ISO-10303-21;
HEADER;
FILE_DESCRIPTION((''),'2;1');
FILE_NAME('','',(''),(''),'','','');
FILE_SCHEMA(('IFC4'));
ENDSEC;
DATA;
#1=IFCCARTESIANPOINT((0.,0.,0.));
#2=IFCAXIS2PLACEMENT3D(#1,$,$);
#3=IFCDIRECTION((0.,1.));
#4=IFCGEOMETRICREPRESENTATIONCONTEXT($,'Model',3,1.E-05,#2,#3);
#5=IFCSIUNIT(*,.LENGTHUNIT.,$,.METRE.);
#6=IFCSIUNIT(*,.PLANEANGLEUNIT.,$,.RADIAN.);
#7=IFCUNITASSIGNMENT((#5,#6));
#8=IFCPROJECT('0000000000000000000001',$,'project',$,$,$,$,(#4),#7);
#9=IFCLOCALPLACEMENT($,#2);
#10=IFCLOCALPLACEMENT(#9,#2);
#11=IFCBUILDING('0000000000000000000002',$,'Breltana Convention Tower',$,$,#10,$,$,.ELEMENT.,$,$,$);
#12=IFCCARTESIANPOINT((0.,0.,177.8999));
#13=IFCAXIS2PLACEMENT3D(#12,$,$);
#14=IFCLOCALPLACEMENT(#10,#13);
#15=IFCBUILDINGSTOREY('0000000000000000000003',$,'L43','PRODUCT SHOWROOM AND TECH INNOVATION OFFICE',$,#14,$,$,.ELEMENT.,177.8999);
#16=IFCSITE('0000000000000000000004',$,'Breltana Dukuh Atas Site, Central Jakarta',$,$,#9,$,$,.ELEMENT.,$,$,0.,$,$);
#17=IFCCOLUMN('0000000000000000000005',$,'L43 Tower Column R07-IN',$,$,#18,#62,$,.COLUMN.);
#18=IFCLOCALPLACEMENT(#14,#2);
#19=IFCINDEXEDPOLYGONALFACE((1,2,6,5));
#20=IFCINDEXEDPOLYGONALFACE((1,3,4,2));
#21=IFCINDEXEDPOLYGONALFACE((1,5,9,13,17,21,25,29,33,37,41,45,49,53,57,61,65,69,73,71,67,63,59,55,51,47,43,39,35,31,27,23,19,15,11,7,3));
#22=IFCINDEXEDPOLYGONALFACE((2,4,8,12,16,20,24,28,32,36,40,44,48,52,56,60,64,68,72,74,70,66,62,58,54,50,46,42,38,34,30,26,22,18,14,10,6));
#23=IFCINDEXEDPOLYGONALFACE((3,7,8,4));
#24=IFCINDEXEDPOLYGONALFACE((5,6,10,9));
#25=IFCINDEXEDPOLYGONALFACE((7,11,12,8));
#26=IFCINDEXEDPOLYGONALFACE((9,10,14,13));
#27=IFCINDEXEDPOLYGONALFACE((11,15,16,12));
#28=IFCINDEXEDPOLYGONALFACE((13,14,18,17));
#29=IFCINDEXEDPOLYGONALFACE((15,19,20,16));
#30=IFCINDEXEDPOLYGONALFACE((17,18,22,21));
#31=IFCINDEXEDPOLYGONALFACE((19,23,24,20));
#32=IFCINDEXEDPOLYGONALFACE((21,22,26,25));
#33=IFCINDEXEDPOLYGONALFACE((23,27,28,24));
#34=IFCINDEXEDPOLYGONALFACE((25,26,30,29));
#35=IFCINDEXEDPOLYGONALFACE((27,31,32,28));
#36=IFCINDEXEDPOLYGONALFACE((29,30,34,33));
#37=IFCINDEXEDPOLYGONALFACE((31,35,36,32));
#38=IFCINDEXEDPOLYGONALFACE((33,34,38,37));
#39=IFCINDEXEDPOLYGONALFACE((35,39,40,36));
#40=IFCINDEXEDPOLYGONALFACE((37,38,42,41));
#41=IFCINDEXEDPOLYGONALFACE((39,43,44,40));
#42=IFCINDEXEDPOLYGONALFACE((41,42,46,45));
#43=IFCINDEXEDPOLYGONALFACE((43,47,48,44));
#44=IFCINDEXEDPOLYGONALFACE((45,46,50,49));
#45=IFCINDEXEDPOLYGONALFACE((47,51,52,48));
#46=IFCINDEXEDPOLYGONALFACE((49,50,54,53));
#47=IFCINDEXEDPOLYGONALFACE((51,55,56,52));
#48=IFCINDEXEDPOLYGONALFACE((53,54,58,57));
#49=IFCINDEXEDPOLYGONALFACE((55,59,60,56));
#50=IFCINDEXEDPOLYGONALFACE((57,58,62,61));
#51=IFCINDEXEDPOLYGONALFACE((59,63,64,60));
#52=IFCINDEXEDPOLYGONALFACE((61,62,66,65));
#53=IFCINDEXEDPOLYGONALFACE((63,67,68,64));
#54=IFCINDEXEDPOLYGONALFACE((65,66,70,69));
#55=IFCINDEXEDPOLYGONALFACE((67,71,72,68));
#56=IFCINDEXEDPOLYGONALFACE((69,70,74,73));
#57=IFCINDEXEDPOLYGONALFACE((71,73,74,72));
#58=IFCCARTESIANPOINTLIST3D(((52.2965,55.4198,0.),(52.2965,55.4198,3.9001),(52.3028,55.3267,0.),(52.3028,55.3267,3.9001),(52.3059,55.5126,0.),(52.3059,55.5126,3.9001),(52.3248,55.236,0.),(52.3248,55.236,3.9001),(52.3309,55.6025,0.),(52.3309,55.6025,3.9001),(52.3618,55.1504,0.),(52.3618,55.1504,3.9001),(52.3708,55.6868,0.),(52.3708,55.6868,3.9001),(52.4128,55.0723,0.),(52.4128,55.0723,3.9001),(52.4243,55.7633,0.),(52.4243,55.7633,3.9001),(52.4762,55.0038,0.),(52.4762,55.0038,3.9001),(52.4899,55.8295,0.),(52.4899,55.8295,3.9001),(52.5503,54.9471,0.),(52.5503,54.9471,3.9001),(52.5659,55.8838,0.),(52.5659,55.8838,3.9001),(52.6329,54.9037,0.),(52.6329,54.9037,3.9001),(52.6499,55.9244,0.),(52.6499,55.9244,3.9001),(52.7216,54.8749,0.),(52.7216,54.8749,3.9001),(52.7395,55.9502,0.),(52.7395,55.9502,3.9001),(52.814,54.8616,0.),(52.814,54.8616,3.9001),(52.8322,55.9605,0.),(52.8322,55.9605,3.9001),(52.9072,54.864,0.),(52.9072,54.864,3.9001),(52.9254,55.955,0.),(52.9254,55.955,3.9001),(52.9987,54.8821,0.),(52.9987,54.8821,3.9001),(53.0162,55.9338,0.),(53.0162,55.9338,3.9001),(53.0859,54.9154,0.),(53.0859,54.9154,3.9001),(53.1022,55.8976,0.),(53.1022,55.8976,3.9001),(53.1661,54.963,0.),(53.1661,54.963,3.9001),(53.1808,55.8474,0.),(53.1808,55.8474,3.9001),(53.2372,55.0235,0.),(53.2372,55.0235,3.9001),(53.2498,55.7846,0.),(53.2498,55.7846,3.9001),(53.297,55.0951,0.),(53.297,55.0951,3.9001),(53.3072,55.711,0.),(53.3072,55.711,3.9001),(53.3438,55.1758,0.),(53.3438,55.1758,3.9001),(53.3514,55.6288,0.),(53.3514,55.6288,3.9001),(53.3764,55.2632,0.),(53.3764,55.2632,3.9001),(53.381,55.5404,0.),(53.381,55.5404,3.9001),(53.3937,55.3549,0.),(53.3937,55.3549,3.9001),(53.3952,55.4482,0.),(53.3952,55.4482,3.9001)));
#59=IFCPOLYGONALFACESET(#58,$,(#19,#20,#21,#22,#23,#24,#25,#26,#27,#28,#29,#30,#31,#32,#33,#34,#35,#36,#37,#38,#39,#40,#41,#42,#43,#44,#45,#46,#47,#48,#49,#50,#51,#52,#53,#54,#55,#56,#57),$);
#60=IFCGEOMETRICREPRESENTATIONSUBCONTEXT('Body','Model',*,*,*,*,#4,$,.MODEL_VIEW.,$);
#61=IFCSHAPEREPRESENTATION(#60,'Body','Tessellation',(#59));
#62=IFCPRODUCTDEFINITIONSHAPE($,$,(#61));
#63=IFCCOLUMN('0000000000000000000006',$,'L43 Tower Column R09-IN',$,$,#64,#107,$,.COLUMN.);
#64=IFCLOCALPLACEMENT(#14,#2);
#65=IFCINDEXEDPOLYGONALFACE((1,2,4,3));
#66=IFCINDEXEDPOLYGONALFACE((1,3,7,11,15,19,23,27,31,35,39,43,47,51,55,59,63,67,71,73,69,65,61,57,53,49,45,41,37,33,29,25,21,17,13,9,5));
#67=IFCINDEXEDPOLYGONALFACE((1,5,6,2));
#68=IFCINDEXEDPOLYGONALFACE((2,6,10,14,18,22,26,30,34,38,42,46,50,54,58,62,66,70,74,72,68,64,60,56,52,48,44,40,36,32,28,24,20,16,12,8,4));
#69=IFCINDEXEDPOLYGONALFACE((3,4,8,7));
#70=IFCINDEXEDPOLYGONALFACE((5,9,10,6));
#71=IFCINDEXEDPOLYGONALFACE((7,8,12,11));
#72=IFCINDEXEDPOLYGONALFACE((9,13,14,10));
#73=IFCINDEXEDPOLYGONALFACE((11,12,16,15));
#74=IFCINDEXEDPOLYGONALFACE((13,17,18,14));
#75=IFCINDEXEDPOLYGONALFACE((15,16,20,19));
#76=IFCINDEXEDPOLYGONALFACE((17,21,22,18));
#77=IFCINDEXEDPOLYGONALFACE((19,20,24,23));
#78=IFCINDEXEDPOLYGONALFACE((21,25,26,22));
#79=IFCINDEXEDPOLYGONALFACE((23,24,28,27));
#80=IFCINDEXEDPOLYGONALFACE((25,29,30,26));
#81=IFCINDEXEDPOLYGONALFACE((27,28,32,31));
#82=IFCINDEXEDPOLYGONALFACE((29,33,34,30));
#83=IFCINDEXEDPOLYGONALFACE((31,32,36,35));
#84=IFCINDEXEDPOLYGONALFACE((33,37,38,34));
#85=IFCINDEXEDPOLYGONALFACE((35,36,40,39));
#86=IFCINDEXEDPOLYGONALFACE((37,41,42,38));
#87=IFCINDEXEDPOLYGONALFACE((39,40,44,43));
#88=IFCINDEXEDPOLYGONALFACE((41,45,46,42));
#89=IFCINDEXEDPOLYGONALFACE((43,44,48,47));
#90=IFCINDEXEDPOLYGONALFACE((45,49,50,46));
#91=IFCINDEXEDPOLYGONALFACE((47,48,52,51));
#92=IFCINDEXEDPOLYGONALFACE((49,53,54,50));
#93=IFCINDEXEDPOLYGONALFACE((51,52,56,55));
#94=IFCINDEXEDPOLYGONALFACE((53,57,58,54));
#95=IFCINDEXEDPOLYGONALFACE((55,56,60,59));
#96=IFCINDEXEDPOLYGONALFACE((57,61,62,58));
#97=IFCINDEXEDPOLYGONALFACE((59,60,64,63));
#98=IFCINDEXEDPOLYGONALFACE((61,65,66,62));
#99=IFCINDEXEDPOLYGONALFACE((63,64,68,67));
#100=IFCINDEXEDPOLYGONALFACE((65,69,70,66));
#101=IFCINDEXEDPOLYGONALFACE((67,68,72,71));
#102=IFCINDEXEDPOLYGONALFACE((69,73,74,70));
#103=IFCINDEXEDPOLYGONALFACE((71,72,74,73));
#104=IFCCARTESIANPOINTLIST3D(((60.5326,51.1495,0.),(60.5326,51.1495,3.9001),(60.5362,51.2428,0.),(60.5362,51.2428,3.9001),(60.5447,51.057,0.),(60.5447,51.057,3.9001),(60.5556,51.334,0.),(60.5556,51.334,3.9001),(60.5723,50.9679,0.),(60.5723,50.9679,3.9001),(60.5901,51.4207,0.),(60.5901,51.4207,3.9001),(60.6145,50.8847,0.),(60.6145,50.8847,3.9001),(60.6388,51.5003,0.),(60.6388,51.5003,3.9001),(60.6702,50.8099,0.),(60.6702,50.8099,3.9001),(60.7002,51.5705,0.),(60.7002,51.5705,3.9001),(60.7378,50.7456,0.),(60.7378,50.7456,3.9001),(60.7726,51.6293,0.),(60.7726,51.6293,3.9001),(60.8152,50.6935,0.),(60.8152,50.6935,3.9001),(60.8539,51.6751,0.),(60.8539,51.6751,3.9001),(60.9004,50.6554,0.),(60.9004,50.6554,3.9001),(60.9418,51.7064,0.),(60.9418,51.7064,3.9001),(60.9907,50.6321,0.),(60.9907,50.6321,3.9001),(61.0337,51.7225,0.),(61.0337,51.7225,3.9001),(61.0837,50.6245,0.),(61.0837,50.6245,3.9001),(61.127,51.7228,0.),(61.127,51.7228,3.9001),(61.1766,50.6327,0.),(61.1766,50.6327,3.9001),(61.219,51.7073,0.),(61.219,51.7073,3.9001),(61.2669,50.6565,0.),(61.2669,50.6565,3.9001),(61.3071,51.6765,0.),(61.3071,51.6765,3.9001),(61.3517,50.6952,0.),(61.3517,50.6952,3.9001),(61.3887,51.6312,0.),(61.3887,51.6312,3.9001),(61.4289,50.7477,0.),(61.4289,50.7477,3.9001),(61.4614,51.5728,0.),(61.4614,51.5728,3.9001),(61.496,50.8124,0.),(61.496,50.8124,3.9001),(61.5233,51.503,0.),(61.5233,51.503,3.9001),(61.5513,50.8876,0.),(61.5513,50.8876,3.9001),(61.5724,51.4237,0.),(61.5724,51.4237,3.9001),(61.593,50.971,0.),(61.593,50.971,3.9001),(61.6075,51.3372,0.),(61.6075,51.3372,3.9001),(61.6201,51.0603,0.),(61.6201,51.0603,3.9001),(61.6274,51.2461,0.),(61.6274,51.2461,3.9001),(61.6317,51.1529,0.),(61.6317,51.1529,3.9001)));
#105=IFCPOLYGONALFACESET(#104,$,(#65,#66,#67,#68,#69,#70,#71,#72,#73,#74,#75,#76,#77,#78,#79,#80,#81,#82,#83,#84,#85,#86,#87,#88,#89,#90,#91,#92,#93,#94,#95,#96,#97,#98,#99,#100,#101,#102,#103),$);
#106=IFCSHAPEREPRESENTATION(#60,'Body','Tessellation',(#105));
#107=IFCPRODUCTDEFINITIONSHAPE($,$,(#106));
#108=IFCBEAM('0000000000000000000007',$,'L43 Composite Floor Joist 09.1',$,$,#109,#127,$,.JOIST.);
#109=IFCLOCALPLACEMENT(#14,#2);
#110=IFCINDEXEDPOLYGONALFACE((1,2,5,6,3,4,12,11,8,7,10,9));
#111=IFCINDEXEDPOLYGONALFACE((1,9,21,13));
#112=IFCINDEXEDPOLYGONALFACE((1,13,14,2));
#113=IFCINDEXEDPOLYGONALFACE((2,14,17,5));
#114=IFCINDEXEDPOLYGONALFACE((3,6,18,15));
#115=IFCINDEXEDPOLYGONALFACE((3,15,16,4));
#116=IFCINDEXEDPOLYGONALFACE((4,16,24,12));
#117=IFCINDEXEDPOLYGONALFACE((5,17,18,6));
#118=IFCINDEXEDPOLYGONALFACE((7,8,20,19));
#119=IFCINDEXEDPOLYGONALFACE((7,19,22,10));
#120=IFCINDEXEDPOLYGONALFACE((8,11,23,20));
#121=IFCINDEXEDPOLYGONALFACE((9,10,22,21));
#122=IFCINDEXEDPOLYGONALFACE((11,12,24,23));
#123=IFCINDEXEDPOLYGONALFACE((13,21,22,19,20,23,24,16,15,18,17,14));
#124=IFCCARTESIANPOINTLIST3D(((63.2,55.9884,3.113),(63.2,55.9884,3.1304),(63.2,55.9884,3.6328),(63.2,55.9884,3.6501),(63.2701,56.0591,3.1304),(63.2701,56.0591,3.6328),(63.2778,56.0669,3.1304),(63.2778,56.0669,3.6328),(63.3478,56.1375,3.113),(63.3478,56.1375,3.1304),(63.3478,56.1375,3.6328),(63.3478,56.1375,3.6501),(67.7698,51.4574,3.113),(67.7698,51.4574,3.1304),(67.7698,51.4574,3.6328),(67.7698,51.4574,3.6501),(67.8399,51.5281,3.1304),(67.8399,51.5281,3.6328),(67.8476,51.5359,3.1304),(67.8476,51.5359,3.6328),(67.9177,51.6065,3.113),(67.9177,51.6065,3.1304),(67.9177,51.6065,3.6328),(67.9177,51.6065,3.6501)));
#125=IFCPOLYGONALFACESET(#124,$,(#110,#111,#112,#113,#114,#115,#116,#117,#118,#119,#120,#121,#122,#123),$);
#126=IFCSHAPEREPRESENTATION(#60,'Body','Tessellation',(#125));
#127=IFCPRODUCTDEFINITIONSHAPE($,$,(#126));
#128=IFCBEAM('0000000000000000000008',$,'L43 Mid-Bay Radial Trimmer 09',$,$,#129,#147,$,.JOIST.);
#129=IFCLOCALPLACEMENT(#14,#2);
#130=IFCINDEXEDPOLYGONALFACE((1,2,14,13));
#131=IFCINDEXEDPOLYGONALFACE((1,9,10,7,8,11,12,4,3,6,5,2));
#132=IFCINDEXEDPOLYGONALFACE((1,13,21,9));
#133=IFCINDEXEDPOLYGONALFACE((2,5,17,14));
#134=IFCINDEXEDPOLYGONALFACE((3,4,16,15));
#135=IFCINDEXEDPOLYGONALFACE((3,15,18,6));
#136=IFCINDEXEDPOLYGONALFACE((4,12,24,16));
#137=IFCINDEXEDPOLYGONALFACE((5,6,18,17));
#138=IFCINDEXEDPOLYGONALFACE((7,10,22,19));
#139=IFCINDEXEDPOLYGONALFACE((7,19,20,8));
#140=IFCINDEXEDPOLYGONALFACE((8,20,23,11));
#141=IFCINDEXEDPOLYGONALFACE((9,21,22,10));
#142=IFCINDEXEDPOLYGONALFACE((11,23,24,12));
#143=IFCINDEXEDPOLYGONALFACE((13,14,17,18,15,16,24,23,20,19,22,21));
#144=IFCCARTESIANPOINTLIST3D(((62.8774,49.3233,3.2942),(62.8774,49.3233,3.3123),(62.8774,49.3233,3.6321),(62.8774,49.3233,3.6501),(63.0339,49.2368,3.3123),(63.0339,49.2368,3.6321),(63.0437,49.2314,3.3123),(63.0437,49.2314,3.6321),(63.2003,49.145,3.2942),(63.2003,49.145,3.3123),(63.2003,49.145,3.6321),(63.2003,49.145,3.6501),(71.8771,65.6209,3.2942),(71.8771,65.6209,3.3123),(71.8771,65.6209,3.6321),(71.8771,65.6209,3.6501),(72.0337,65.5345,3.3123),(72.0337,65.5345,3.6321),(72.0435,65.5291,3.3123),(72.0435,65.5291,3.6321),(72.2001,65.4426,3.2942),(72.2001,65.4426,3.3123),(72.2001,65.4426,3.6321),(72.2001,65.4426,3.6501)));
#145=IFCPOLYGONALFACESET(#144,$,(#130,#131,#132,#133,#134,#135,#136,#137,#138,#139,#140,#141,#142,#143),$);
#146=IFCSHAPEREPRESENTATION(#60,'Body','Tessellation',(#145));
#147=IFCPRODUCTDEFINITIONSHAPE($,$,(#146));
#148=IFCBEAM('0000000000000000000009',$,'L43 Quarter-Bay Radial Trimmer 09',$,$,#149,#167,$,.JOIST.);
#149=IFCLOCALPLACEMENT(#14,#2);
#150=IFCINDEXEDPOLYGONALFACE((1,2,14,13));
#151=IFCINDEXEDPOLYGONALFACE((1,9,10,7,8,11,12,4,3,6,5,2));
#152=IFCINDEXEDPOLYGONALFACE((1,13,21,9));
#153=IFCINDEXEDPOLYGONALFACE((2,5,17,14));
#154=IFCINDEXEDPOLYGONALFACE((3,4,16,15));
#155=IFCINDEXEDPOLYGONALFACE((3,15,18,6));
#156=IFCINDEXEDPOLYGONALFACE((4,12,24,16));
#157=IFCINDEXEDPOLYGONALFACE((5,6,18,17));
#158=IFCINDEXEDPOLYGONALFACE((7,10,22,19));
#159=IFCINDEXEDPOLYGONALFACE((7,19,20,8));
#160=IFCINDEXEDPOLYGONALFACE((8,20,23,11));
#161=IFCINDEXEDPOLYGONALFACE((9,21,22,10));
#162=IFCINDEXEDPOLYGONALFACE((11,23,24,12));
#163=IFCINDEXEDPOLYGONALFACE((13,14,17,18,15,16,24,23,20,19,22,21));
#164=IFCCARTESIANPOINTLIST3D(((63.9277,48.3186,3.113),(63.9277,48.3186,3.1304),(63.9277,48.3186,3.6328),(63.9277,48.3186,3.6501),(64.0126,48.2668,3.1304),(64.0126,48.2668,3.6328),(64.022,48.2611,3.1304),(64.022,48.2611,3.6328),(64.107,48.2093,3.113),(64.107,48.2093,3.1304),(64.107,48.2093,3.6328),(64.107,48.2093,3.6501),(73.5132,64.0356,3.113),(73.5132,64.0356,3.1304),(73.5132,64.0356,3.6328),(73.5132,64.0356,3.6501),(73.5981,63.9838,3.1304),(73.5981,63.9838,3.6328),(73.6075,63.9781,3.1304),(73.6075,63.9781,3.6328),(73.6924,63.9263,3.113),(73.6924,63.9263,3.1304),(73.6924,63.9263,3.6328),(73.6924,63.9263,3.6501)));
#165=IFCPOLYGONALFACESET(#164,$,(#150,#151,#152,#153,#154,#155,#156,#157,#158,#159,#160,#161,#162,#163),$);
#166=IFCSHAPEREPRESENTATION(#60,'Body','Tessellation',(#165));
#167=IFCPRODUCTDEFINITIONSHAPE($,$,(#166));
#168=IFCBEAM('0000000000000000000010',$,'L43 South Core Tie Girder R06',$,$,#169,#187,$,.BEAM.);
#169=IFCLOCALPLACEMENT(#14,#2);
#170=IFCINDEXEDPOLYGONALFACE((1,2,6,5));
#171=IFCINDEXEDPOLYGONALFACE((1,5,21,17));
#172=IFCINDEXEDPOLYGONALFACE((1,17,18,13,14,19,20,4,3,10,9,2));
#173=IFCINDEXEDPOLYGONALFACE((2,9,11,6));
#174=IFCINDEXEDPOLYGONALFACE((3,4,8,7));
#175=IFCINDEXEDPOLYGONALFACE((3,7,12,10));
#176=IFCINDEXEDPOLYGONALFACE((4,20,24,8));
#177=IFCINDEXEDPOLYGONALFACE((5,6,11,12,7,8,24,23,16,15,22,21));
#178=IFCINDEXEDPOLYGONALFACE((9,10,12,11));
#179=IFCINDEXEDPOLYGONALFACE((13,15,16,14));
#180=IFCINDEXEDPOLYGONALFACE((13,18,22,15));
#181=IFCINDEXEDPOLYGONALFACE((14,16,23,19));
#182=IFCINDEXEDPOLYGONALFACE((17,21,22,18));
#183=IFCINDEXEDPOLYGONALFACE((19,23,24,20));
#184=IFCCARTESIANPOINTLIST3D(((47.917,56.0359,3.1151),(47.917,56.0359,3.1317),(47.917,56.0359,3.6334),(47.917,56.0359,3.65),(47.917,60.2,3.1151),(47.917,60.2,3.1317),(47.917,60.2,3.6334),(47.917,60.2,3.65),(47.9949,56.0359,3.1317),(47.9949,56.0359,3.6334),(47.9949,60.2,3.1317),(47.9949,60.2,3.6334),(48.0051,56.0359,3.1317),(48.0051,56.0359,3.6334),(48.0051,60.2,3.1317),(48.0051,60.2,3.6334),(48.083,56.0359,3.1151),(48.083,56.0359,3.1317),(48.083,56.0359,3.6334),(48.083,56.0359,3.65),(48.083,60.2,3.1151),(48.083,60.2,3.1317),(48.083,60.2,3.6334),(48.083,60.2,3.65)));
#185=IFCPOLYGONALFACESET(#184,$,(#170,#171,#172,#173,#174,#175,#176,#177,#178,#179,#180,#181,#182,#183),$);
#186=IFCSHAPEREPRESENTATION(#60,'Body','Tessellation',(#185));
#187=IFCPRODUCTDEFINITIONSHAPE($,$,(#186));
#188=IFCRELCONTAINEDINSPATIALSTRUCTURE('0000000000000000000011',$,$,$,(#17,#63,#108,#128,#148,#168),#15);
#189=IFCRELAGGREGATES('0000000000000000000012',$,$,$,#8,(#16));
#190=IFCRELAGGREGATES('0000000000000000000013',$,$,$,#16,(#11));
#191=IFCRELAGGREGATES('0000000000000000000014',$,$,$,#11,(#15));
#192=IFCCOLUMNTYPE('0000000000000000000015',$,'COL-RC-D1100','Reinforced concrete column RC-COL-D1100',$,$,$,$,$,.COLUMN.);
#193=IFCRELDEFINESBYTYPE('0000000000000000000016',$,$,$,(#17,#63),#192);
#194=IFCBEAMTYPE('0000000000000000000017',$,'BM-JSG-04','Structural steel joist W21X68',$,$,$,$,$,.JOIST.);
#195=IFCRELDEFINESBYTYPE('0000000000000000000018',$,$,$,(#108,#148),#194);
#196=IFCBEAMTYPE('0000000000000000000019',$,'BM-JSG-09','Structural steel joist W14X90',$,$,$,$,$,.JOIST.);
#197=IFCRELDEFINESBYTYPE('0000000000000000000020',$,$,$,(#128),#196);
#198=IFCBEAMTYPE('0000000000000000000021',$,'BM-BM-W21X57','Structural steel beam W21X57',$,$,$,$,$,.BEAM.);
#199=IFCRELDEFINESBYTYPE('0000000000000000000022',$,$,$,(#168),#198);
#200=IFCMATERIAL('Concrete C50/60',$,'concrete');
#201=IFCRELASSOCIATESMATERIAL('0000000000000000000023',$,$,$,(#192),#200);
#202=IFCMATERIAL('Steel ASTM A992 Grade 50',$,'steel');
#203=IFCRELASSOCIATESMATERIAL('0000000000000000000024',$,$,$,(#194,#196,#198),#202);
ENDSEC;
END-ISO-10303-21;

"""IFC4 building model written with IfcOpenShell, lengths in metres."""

from ifc_helpers import new_model, si_unit, direction, frame, origin, origin_2d, place, context, subcontext, project, spatial, circle, i_section, extrude, source, transform, mapped, material, material_profile, profile_set, type_object, element, save


model = new_model("IFC4")

# Units and contexts
model_context = context("Model", 3, precision=1e-05, world=origin(), true_north=direction((0.0, 1.0)))
body_context = subcontext(model_context, "Body", "Model", "MODEL_VIEW")
ifc_project = project(units=[si_unit("LENGTHUNIT", "METRE"), si_unit("PLANEANGLEUNIT", "RADIAN")], contexts=[model_context])

# Site, building, storey
site_placement = place(None, origin())
site = spatial("IfcSite", under=ifc_project, at=site_placement, Name="Breltana Dukuh Atas Site, Central Jakarta", CompositionType="ELEMENT", RefElevation=0.0)
building_placement = place(site_placement, origin())
building = spatial("IfcBuilding", under=site, at=building_placement, Name="Breltana Convention Tower", CompositionType="ELEMENT")
storey_placement = place(building_placement, frame((0.0, 0.0, 177.8999)))
storey = spatial("IfcBuildingStorey", under=building, at=storey_placement, Name="L43", Description="PRODUCT SHOWROOM AND TECH INNOVATION OFFICE", CompositionType="ELEMENT", Elevation=177.8999)

# Columns
ifc_material_1 = material(Name="Concrete C50/60", Category="concrete")
ifc_material_profile_1 = material_profile(ifc_material_1, circle(Radius=0.55, at=origin_2d()), Name="RC-COL-D1100")
ifc_profile_set_1 = profile_set([ifc_material_profile_1], Name="Concrete C50/60")
column_type = type_object("IfcColumnType", Name="COL-RC-D1100", Description="Reinforced concrete column RC-COL-D1100", PredefinedType="COLUMN", material=ifc_profile_set_1)
shared_shape_1 = source(origin(), body_context, "Body", "SweptSolid", [
    extrude(circle(Radius=0.55, at=origin_2d()), origin(), (0.0, 0.0, 1.0), 3.9001),
])
for number, where, z_axis, x_axis, name in (
    (1, (52.8464, 55.4106, 0.0), (0.0, 0.0, 1.0), (0.143493, 0.989651, 0.0), "L43 Tower Column R07-IN"),
    (2, (61.082, 51.1746, 0.0), (0.0, 0.0, 1.0), (0.409127, 0.912477, 0.0), "L43 Tower Column R09-IN"),
):
    element("IfcColumn", number, at=place(storey_placement, frame(where, z_axis=z_axis, x_axis=x_axis)), inside=storey, type_object=column_type, Name=name, PredefinedType="COLUMN", context=body_context, shape_type="MappedRepresentation", body=[
        mapped(shared_shape_1, transform((0.0, 0.0, 0.0), scale=1.0)),
    ])

# Beams
ifc_material_2 = material(Name="Steel ASTM A992 Grade 50", Category="steel")
ifc_material_profile_2 = material_profile(ifc_material_2, i_section(OverallWidth=0.21, OverallDepth=0.5371, WebThickness=0.011, FlangeThickness=0.0173, at=origin_2d()), Name="W21X68")
ifc_profile_set_2 = profile_set([ifc_material_profile_2], Name="Steel ASTM A992 Grade 50")
beam_type_1 = type_object("IfcBeamType", Name="BM-JSG-04", Description="Structural steel joist W21X68", PredefinedType="JOIST", material=ifc_profile_set_2)
shared_shape_2 = source(origin(), body_context, "Body", "SweptSolid", [
    extrude(i_section(OverallWidth=0.21, OverallDepth=0.5371, WebThickness=0.011, FlangeThickness=0.0173, at=origin_2d()), origin(), (0.0, 0.0, 1.0), 6.4353),
])
beam_1_placement = place(storey_placement, frame((63.2739, 56.063, 3.3816), z_axis=(0.710116, -0.704084, 0.0), x_axis=(0.704084, 0.710116, 0.0)))
element("IfcBeam", 3, at=beam_1_placement, inside=storey, type_object=beam_type_1, Name="L43 Composite Floor Joist 09.1", PredefinedType="JOIST", context=body_context, shape_type="MappedRepresentation", body=[
    mapped(shared_shape_2, transform((0.0, 0.0, 0.0), scale=1.0)),
])
ifc_material_profile_3 = material_profile(ifc_material_2, i_section(OverallWidth=0.3689, OverallDepth=0.356, WebThickness=0.0112, FlangeThickness=0.0181, at=origin_2d()), Name="W14X90")
ifc_profile_set_3 = profile_set([ifc_material_profile_3], Name="Steel ASTM A992 Grade 50")
beam_type_2 = type_object("IfcBeamType", Name="BM-JSG-09", Description="Structural steel joist W14X90", PredefinedType="JOIST", material=ifc_profile_set_3)
shared_shape_3 = source(origin(), body_context, "Body", "SweptSolid", [
    extrude(i_section(OverallWidth=0.3689, OverallDepth=0.356, WebThickness=0.0112, FlangeThickness=0.0181, at=origin_2d()), origin(), (0.0, 0.0, 1.0), 18.6174),
])
beam_2_placement = place(storey_placement, frame((63.0388, 49.2341, 3.4722), z_axis=(0.483406, 0.875396, 0.0), x_axis=(-0.875396, 0.483406, 0.0)))
element("IfcBeam", 4, at=beam_2_placement, inside=storey, type_object=beam_type_2, Name="L43 Mid-Bay Radial Trimmer 09", PredefinedType="JOIST", context=body_context, shape_type="MappedRepresentation", body=[
    mapped(shared_shape_3, transform((0.0, 0.0, 0.0), scale=1.0)),
])
shared_shape_4 = source(origin(), body_context, "Body", "SweptSolid", [
    extrude(i_section(OverallWidth=0.21, OverallDepth=0.5371, WebThickness=0.011, FlangeThickness=0.0173, at=origin_2d()), origin(), (0.0, 0.0, 1.0), 18.4094),
])
beam_3_placement = place(storey_placement, frame((64.0173, 48.2639, 3.3816), z_axis=(0.520682, 0.853751, 0.0), x_axis=(-0.853751, 0.520682, 0.0)))
element("IfcBeam", 5, at=beam_3_placement, inside=storey, type_object=beam_type_1, Name="L43 Quarter-Bay Radial Trimmer 09", PredefinedType="JOIST", context=body_context, shape_type="MappedRepresentation", body=[
    mapped(shared_shape_4, transform((0.0, 0.0, 0.0), scale=1.0)),
])
ifc_material_profile_4 = material_profile(ifc_material_2, i_section(OverallWidth=0.166, OverallDepth=0.5349, WebThickness=0.0103, FlangeThickness=0.0166, at=origin_2d()), Name="W21X57")
ifc_profile_set_4 = profile_set([ifc_material_profile_4], Name="Steel ASTM A992 Grade 50")
beam_type_3 = type_object("IfcBeamType", Name="BM-BM-W21X57", Description="Structural steel beam W21X57", PredefinedType="BEAM", material=ifc_profile_set_4)
shared_shape_5 = source(origin(), body_context, "Body", "SweptSolid", [
    extrude(i_section(OverallWidth=0.166, OverallDepth=0.5349, WebThickness=0.0103, FlangeThickness=0.0166, at=origin_2d()), origin(), (0.0, 0.0, 1.0), 4.1641),
])
beam_4_placement = place(storey_placement, frame((48.0, 60.2, 3.3826), z_axis=(0.0, -1.0, 0.0), x_axis=(1.0, 0.0, 0.0)))
element("IfcBeam", 6, at=beam_4_placement, inside=storey, type_object=beam_type_3, Name="L43 South Core Tie Girder R06", PredefinedType="BEAM", context=body_context, shape_type="MappedRepresentation", body=[
    mapped(shared_shape_5, transform((0.0, 0.0, 0.0), scale=1.0)),
])

save(model, "model.ifc")
